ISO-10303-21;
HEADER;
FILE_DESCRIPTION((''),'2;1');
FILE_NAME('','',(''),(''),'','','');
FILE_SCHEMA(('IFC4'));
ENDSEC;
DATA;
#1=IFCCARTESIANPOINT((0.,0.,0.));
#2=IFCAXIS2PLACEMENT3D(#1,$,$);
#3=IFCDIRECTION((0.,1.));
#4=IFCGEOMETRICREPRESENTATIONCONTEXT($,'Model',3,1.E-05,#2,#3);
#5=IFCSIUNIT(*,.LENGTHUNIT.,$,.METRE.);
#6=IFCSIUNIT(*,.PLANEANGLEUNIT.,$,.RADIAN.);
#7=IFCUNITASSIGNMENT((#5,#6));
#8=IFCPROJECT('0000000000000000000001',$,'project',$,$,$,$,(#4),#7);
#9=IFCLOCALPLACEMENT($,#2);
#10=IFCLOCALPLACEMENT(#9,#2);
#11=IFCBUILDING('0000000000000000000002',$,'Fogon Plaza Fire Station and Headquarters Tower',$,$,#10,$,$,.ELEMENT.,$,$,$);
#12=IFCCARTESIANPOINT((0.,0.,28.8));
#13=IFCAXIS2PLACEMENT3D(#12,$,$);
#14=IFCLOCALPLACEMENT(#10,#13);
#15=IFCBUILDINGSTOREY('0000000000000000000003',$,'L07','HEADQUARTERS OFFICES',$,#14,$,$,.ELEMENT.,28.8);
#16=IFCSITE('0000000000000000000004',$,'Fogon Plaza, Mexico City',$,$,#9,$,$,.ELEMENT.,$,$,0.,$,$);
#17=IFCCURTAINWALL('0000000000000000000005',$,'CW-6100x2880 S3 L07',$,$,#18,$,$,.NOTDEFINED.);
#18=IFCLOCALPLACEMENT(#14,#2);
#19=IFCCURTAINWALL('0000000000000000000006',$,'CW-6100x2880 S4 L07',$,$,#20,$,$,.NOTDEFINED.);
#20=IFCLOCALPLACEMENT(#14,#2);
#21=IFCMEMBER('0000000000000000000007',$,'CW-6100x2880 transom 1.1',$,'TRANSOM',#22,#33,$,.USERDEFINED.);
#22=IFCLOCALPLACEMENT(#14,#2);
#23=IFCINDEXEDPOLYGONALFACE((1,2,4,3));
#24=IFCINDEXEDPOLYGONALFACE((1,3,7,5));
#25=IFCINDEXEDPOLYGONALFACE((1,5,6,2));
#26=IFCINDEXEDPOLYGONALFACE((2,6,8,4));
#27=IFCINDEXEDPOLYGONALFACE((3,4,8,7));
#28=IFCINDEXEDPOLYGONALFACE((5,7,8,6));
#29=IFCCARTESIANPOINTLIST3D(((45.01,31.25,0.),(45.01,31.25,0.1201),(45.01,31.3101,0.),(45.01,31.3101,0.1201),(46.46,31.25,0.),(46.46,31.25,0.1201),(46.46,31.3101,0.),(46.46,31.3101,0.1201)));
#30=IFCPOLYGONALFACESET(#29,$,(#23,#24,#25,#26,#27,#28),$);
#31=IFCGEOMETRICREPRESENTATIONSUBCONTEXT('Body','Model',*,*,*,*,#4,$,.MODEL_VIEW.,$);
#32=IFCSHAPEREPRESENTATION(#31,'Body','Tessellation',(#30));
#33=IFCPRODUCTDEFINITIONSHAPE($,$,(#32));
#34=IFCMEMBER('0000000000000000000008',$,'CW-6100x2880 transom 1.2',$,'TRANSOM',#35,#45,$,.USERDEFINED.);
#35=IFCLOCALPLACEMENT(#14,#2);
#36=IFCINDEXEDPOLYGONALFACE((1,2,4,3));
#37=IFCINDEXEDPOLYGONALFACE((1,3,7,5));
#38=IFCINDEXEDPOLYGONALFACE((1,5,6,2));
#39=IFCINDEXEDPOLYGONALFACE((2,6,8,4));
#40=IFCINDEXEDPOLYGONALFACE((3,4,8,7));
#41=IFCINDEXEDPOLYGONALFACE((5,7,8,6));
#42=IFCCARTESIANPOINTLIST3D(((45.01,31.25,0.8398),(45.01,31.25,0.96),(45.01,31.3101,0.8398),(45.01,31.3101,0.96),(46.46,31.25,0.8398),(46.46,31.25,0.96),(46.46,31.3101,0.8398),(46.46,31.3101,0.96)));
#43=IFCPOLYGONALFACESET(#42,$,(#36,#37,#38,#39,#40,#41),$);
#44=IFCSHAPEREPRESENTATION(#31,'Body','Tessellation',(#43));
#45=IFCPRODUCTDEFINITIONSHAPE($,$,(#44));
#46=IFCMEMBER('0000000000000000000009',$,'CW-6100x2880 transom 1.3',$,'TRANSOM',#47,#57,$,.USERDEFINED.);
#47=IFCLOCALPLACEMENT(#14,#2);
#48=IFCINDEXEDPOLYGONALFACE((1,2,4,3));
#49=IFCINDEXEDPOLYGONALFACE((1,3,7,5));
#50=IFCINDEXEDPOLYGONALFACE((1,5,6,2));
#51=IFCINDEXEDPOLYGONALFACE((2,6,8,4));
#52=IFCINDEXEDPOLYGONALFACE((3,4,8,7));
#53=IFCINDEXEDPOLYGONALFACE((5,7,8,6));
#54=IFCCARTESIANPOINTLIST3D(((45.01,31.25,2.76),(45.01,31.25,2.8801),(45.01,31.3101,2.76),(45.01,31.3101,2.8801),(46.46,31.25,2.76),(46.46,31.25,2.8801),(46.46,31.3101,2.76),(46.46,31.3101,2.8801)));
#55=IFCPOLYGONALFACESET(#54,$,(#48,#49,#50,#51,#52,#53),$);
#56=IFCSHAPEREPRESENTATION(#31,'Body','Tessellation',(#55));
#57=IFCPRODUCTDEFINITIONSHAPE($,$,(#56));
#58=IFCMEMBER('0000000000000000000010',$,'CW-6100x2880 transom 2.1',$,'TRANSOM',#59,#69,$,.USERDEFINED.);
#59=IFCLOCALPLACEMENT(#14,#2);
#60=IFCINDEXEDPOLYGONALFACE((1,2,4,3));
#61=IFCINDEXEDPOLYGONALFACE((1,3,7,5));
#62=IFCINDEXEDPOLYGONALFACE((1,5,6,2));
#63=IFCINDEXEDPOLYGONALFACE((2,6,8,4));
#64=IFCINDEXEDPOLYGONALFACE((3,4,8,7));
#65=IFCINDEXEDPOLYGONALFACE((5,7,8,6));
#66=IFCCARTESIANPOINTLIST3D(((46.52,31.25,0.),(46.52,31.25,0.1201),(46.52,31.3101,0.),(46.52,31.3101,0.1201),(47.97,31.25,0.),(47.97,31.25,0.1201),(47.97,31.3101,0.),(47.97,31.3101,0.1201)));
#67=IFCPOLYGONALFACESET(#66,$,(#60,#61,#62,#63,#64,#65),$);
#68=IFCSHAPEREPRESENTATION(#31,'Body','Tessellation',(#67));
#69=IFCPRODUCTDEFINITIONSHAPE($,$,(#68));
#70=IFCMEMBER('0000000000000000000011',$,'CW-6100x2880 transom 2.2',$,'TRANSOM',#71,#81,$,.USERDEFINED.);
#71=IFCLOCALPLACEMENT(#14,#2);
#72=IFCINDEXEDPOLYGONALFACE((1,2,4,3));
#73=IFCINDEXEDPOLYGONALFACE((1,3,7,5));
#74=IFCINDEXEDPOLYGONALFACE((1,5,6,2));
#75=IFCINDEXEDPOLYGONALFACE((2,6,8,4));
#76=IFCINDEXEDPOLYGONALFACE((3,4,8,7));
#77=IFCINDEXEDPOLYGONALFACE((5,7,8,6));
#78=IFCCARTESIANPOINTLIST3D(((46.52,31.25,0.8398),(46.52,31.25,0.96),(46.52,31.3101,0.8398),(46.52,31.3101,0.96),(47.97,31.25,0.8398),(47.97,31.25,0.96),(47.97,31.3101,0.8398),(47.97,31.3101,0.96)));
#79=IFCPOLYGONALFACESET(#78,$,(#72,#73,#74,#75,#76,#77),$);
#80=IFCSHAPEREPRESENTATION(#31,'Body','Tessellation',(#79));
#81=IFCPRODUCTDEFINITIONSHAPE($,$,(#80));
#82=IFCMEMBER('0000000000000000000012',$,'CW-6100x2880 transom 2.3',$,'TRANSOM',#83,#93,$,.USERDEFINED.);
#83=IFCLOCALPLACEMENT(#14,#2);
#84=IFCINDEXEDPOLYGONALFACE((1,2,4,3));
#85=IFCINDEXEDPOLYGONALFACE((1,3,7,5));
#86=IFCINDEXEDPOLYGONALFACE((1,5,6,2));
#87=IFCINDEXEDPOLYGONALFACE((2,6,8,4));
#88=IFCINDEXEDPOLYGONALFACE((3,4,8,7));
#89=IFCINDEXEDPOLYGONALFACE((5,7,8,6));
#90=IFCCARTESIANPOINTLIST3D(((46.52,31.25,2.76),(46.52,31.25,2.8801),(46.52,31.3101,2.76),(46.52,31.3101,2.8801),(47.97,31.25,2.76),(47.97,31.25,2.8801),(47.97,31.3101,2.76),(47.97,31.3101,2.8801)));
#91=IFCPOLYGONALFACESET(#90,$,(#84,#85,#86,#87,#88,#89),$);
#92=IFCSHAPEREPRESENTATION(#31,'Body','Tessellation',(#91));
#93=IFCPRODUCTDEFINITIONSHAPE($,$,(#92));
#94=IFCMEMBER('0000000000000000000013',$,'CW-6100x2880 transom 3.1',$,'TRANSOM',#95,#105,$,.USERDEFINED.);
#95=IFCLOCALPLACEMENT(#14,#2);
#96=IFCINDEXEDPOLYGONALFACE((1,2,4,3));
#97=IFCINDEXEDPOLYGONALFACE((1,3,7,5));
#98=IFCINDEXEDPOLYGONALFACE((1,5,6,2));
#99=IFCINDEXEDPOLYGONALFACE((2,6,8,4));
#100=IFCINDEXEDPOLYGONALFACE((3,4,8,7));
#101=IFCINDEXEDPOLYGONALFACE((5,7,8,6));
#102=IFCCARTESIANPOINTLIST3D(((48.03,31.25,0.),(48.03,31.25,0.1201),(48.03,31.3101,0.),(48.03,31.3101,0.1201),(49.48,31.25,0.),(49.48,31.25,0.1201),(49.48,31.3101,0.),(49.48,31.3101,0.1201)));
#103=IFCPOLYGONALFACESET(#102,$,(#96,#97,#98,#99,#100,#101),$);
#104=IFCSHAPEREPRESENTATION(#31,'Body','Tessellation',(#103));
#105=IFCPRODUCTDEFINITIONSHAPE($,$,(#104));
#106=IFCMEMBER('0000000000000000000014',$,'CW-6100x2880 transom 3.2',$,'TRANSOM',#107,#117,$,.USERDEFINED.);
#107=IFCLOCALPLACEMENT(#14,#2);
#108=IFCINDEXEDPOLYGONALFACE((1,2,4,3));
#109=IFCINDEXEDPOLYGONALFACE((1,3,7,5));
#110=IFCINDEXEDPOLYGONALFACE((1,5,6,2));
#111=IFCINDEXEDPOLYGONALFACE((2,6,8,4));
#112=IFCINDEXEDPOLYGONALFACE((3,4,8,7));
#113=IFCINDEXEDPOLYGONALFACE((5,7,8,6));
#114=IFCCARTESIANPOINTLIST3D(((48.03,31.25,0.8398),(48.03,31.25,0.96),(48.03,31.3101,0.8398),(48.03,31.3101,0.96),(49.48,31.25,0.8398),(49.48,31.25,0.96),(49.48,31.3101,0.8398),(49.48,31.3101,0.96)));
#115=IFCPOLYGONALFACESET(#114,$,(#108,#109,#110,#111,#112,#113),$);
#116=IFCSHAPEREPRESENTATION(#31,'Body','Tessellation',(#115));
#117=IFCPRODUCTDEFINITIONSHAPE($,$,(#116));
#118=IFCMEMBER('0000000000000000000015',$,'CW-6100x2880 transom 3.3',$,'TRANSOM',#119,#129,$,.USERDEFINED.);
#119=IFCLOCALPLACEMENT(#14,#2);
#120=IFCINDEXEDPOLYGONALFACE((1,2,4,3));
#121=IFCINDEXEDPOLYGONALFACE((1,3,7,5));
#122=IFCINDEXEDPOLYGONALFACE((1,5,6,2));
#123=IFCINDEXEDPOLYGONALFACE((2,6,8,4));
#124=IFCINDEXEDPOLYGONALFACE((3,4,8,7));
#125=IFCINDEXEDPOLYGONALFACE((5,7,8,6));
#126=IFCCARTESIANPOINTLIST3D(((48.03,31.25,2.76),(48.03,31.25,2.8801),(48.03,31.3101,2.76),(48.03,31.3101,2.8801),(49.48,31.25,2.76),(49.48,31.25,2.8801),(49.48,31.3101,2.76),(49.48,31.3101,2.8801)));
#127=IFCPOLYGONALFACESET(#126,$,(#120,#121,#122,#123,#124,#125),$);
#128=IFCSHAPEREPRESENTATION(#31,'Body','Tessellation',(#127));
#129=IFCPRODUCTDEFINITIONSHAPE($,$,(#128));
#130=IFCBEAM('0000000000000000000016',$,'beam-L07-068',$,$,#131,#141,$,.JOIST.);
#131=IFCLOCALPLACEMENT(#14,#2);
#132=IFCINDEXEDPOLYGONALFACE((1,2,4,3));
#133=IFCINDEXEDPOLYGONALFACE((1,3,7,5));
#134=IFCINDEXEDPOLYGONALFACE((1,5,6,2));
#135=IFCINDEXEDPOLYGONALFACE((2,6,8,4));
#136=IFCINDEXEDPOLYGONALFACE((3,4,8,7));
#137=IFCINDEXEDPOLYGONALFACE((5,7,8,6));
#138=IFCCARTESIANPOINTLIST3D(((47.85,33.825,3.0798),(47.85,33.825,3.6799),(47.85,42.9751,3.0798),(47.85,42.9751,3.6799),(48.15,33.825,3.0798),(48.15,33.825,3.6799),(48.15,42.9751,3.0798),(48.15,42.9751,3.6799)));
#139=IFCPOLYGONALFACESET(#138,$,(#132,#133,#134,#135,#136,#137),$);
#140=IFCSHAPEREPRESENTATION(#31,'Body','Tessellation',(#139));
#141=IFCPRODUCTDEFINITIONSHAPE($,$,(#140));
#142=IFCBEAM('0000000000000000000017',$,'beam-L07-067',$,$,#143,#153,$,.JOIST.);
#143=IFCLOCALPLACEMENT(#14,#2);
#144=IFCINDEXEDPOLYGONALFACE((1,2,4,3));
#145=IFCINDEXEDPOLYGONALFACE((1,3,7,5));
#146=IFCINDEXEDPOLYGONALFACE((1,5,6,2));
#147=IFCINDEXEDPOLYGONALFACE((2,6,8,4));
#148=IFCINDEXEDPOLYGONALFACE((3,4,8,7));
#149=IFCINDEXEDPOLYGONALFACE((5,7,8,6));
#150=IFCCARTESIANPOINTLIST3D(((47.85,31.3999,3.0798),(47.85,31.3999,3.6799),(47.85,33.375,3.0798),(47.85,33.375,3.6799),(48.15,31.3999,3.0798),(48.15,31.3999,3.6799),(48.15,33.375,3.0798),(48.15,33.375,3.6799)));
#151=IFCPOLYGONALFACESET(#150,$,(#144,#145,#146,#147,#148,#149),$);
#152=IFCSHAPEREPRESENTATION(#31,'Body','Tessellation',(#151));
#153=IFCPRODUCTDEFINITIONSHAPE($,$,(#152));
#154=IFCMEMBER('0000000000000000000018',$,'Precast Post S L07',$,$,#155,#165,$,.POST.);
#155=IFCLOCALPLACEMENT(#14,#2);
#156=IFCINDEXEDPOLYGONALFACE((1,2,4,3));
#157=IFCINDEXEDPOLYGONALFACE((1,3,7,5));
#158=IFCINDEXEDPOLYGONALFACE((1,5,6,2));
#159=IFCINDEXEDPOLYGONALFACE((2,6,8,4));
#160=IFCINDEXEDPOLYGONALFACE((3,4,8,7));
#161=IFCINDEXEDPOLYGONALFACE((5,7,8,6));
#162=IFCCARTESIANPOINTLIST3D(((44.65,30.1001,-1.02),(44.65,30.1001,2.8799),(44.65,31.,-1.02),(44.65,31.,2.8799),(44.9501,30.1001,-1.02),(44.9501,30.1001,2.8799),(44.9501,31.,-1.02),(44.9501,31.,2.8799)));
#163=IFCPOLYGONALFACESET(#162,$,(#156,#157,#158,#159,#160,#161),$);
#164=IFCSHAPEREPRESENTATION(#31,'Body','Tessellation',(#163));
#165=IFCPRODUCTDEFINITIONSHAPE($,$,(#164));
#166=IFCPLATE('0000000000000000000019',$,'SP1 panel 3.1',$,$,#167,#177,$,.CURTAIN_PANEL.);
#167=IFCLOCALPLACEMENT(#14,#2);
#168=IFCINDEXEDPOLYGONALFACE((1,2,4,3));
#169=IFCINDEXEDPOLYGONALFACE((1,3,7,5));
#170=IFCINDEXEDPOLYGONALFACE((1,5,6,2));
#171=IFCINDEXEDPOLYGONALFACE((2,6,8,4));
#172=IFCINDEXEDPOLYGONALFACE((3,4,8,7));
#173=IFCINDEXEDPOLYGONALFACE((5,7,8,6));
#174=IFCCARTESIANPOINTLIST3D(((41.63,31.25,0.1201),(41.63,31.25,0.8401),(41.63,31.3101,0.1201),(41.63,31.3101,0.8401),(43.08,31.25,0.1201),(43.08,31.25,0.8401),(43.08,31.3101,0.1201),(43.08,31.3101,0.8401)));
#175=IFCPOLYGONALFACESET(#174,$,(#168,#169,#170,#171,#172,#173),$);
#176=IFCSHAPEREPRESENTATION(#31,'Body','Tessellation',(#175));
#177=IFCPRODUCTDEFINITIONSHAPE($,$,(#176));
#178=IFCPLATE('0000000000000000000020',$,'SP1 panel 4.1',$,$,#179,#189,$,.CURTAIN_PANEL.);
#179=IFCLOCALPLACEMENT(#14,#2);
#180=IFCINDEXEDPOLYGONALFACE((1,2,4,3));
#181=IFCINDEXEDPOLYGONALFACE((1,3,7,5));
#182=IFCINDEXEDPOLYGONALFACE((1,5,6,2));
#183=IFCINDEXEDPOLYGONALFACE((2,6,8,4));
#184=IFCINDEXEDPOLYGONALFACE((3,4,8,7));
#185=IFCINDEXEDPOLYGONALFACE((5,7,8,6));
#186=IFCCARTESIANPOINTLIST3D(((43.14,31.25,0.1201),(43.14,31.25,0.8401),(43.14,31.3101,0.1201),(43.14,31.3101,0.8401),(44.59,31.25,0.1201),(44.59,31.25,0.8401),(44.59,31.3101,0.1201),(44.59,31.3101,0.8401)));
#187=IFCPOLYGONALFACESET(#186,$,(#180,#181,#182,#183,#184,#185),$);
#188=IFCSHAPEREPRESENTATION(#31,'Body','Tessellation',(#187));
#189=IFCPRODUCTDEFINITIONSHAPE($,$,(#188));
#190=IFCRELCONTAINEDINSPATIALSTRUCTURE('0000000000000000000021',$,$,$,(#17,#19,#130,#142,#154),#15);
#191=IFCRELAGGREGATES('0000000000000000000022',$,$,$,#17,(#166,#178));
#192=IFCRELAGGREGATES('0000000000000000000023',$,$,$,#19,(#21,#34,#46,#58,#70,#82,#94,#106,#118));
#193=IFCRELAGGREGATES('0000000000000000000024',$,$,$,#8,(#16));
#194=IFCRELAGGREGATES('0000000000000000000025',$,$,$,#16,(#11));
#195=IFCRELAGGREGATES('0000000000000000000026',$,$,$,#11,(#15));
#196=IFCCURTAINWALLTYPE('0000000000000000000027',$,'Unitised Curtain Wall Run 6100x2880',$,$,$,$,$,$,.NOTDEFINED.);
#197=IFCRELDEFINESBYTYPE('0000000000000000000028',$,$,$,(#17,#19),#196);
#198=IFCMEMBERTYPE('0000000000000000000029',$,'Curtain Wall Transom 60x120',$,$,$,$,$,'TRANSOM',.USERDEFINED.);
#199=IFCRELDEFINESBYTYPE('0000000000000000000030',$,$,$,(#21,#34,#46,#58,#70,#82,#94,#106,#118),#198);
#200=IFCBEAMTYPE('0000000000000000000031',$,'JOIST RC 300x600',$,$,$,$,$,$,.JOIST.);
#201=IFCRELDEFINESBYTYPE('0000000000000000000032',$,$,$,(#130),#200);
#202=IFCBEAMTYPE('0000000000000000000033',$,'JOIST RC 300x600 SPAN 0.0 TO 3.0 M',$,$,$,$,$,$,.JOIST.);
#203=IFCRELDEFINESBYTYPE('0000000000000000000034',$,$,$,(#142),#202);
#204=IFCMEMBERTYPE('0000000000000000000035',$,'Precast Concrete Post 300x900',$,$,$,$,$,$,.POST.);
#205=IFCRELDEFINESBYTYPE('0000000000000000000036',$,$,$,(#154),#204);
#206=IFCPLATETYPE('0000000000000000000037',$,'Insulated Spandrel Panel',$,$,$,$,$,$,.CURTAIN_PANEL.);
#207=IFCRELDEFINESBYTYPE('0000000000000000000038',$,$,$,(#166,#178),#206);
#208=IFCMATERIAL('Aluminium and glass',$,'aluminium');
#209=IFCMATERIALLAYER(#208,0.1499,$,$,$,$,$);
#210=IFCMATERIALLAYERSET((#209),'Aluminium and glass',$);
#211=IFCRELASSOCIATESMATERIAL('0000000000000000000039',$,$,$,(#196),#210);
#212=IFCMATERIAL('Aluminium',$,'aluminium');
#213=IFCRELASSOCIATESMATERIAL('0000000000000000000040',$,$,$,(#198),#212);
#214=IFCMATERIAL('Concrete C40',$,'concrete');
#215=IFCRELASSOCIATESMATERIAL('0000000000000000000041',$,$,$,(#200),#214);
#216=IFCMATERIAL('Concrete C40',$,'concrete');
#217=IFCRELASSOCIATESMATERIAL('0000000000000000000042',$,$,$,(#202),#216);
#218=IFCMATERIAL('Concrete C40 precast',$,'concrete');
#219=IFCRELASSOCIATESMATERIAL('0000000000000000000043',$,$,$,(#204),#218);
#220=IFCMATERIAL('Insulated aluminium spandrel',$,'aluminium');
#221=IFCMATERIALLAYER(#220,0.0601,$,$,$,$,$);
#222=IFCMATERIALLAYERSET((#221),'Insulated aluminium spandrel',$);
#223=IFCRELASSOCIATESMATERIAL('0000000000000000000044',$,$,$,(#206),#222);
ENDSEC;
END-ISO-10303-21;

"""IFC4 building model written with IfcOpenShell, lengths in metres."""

from ifc_helpers import new_model, si_unit, direction, frame, origin, origin_2d, place, context, subcontext, project, spatial, rectangle, extrude, material, layer, layer_set, material_profile, profile_set, type_object, element, aggregate, save


model = new_model("IFC4")

# Units and contexts
model_context = context("Model", 3, precision=1e-05, world=origin(), true_north=direction((0.0, 1.0)))
body_context = subcontext(model_context, "Body", "Model", "MODEL_VIEW")
ifc_project = project(units=[si_unit("LENGTHUNIT", "METRE"), si_unit("PLANEANGLEUNIT", "RADIAN")], contexts=[model_context])

# Site, building, storey
site_placement = place(None, origin())
site = spatial("IfcSite", under=ifc_project, at=site_placement, Name="Fogon Plaza, Mexico City", CompositionType="ELEMENT", RefElevation=0.0)
building_placement = place(site_placement, origin())
building = spatial("IfcBuilding", under=site, at=building_placement, Name="Fogon Plaza Fire Station and Headquarters Tower", CompositionType="ELEMENT")
storey_placement = place(building_placement, frame((0.0, 0.0, 28.8)))
storey = spatial("IfcBuildingStorey", under=building, at=storey_placement, Name="L07", Description="HEADQUARTERS OFFICES", CompositionType="ELEMENT", Elevation=28.8)

# Curtain walls
ifc_material_1 = material(Name="Aluminium and glass", Category="aluminium")
ifc_layer_1 = layer(ifc_material_1, 0.1499)
ifc_layer_set_1 = layer_set([ifc_layer_1], Name="Aluminium and glass")
curtain_wall_type = type_object("IfcCurtainWallType", Name="Unitised Curtain Wall Run 6100x2880", PredefinedType="NOTDEFINED", material=ifc_layer_set_1)
curtain_wall_1_placement = place(storey_placement, origin())
curtain_wall_1 = element("IfcCurtainWall", 1, at=curtain_wall_1_placement, inside=storey, type_object=curtain_wall_type, Name="CW-6100x2880 S3 L07", PredefinedType="NOTDEFINED")
curtain_wall_2_placement = place(storey_placement, origin())
curtain_wall_2 = element("IfcCurtainWall", 2, at=curtain_wall_2_placement, inside=storey, type_object=curtain_wall_type, Name="CW-6100x2880 S4 L07", PredefinedType="NOTDEFINED")

# Members
ifc_material_2 = material(Name="Aluminium", Category="aluminium")
ifc_material_profile_1 = material_profile(ifc_material_2, rectangle(XDim=0.0601, YDim=0.1201, at=origin_2d()), Name="Curtain Wall Transom 60x120")
ifc_profile_set_1 = profile_set([ifc_material_profile_1], Name="Aluminium")
member_type_1 = type_object("IfcMemberType", Name="Curtain Wall Transom 60x120", ElementType="TRANSOM", PredefinedType="USERDEFINED", material=ifc_profile_set_1)
member_1_placement = place(storey_placement, frame((45.01, 31.28, 0.0601), z_axis=(1.0, 0.0, 0.0), x_axis=(0.0, 1.0, 0.0)))
member_1 = element("IfcMember", 3, at=member_1_placement, type_object=member_type_1, Name="CW-6100x2880 transom 1.1", ObjectType="TRANSOM", PredefinedType="USERDEFINED", context=body_context, shape_type="SweptSolid", body=[
    extrude(rectangle(XDim=0.0601, YDim=0.1201, at=origin_2d()), origin(), (0.0, 0.0, 1.0), 1.45),
])
member_2_placement = place(storey_placement, frame((45.01, 31.28, 0.8999), z_axis=(1.0, 0.0, 0.0), x_axis=(0.0, 1.0, 0.0)))
member_2 = element("IfcMember", 4, at=member_2_placement, type_object=member_type_1, Name="CW-6100x2880 transom 1.2", ObjectType="TRANSOM", PredefinedType="USERDEFINED", context=body_context, shape_type="SweptSolid", body=[
    extrude(rectangle(XDim=0.0601, YDim=0.1201, at=origin_2d()), origin(), (0.0, 0.0, 1.0), 1.45),
])
member_3_placement = place(storey_placement, frame((45.01, 31.28, 2.8201), z_axis=(1.0, 0.0, 0.0), x_axis=(0.0, 1.0, 0.0)))
member_3 = element("IfcMember", 5, at=member_3_placement, type_object=member_type_1, Name="CW-6100x2880 transom 1.3", ObjectType="TRANSOM", PredefinedType="USERDEFINED", context=body_context, shape_type="SweptSolid", body=[
    extrude(rectangle(XDim=0.0601, YDim=0.1201, at=origin_2d()), origin(), (0.0, 0.0, 1.0), 1.45),
])
member_4_placement = place(storey_placement, frame((46.52, 31.28, 0.0601), z_axis=(1.0, 0.0, 0.0), x_axis=(0.0, 1.0, 0.0)))
member_4 = element("IfcMember", 6, at=member_4_placement, type_object=member_type_1, Name="CW-6100x2880 transom 2.1", ObjectType="TRANSOM", PredefinedType="USERDEFINED", context=body_context, shape_type="SweptSolid", body=[
    extrude(rectangle(XDim=0.0601, YDim=0.1201, at=origin_2d()), origin(), (0.0, 0.0, 1.0), 1.45),
])
member_5_placement = place(storey_placement, frame((46.52, 31.28, 0.8999), z_axis=(1.0, 0.0, 0.0), x_axis=(0.0, 1.0, 0.0)))
member_5 = element("IfcMember", 7, at=member_5_placement, type_object=member_type_1, Name="CW-6100x2880 transom 2.2", ObjectType="TRANSOM", PredefinedType="USERDEFINED", context=body_context, shape_type="SweptSolid", body=[
    extrude(rectangle(XDim=0.0601, YDim=0.1201, at=origin_2d()), origin(), (0.0, 0.0, 1.0), 1.45),
])
member_6_placement = place(storey_placement, frame((46.52, 31.28, 2.8201), z_axis=(1.0, 0.0, 0.0), x_axis=(0.0, 1.0, 0.0)))
member_6 = element("IfcMember", 8, at=member_6_placement, type_object=member_type_1, Name="CW-6100x2880 transom 2.3", ObjectType="TRANSOM", PredefinedType="USERDEFINED", context=body_context, shape_type="SweptSolid", body=[
    extrude(rectangle(XDim=0.0601, YDim=0.1201, at=origin_2d()), origin(), (0.0, 0.0, 1.0), 1.45),
])
member_7_placement = place(storey_placement, frame((48.03, 31.28, 0.0601), z_axis=(1.0, 0.0, 0.0), x_axis=(0.0, 1.0, 0.0)))
member_7 = element("IfcMember", 9, at=member_7_placement, type_object=member_type_1, Name="CW-6100x2880 transom 3.1", ObjectType="TRANSOM", PredefinedType="USERDEFINED", context=body_context, shape_type="SweptSolid", body=[
    extrude(rectangle(XDim=0.0601, YDim=0.1201, at=origin_2d()), origin(), (0.0, 0.0, 1.0), 1.45),
])
member_8_placement = place(storey_placement, frame((48.03, 31.28, 0.8999), z_axis=(1.0, 0.0, 0.0), x_axis=(0.0, 1.0, 0.0)))
member_8 = element("IfcMember", 10, at=member_8_placement, type_object=member_type_1, Name="CW-6100x2880 transom 3.2", ObjectType="TRANSOM", PredefinedType="USERDEFINED", context=body_context, shape_type="SweptSolid", body=[
    extrude(rectangle(XDim=0.0601, YDim=0.1201, at=origin_2d()), origin(), (0.0, 0.0, 1.0), 1.45),
])
member_9_placement = place(storey_placement, frame((48.03, 31.28, 2.8201), z_axis=(1.0, 0.0, 0.0), x_axis=(0.0, 1.0, 0.0)))
member_9 = element("IfcMember", 11, at=member_9_placement, type_object=member_type_1, Name="CW-6100x2880 transom 3.3", ObjectType="TRANSOM", PredefinedType="USERDEFINED", context=body_context, shape_type="SweptSolid", body=[
    extrude(rectangle(XDim=0.0601, YDim=0.1201, at=origin_2d()), origin(), (0.0, 0.0, 1.0), 1.45),
])

# Beams
ifc_material_3 = material(Name="Concrete C40", Category="concrete")
ifc_material_profile_2 = material_profile(ifc_material_3, rectangle(XDim=0.3, YDim=0.6001, at=origin_2d()), Name="RC 300x600")
ifc_profile_set_2 = profile_set([ifc_material_profile_2], Name="Concrete C40")
beam_type_1 = type_object("IfcBeamType", Name="JOIST RC 300x600", PredefinedType="JOIST", material=ifc_profile_set_2)
beam_1_placement = place(storey_placement, frame((48.0, 33.825, 3.3799), z_axis=(0.0, 1.0, 0.0), x_axis=(-1.0, 0.0, 0.0)))
element("IfcBeam", 12, at=beam_1_placement, inside=storey, type_object=beam_type_1, Name="beam-L07-068", PredefinedType="JOIST", context=body_context, shape_type="SweptSolid", body=[
    extrude(rectangle(XDim=0.3, YDim=0.6001, at=origin_2d()), origin(), (0.0, 0.0, 1.0), 9.1501),
])
ifc_material_4 = material(Name="Concrete C40", Category="concrete")
ifc_material_profile_3 = material_profile(ifc_material_4, rectangle(XDim=0.3, YDim=0.6001, at=origin_2d()), Name="RC 300x600")
ifc_profile_set_3 = profile_set([ifc_material_profile_3], Name="Concrete C40")
beam_type_2 = type_object("IfcBeamType", Name="JOIST RC 300x600 SPAN 0.0 TO 3.0 M", PredefinedType="JOIST", material=ifc_profile_set_3)
beam_2_placement = place(storey_placement, frame((48.0, 31.3999, 3.3799), z_axis=(0.0, 1.0, 0.0), x_axis=(-1.0, 0.0, 0.0)))
element("IfcBeam", 13, at=beam_2_placement, inside=storey, type_object=beam_type_2, Name="beam-L07-067", PredefinedType="JOIST", context=body_context, shape_type="SweptSolid", body=[
    extrude(rectangle(XDim=0.3, YDim=0.6001, at=origin_2d()), origin(), (0.0, 0.0, 1.0), 1.9751),
])

# Member
ifc_material_5 = material(Name="Concrete C40 precast", Category="concrete")
ifc_material_profile_4 = material_profile(ifc_material_5, rectangle(XDim=0.3, YDim=0.8999, at=origin_2d()), Name="Precast Concrete Post 300x900")
ifc_profile_set_4 = profile_set([ifc_material_profile_4], Name="Concrete C40 precast")
member_type_2 = type_object("IfcMemberType", Name="Precast Concrete Post 300x900", PredefinedType="POST", material=ifc_profile_set_4)
member_10_placement = place(storey_placement, frame((44.8, 30.55, -1.02), z_axis=(0.0, 0.0, 1.0), x_axis=(1.0, 0.0, 0.0)))
element("IfcMember", 14, at=member_10_placement, inside=storey, type_object=member_type_2, Name="Precast Post S L07", PredefinedType="POST", context=body_context, shape_type="SweptSolid", body=[
    extrude(rectangle(XDim=0.3, YDim=0.8999, at=origin_2d()), origin(), (0.0, 0.0, 1.0), 3.8999),
])

# Plates
ifc_material_6 = material(Name="Insulated aluminium spandrel", Category="aluminium")
ifc_layer_2 = layer(ifc_material_6, 0.0601)
ifc_layer_set_2 = layer_set([ifc_layer_2], Name="Insulated aluminium spandrel")
plate_type_1 = type_object("IfcPlateType", Name="Insulated Spandrel Panel", PredefinedType="CURTAIN_PANEL", material=ifc_layer_set_2)
plate_1_placement = place(storey_placement, frame((42.355, 31.28, 0.1201), z_axis=(0.0, 0.0, 1.0), x_axis=(1.0, 0.0, 0.0)))
plate_1 = element("IfcPlate", 15, at=plate_1_placement, type_object=plate_type_1, Name="SP1 panel 3.1", PredefinedType="CURTAIN_PANEL", context=body_context, shape_type="SweptSolid", body=[
    extrude(rectangle(XDim=1.45, YDim=0.0601, at=origin_2d()), origin(), (0.0, 0.0, 1.0), 0.72),
])
plate_2_placement = place(storey_placement, frame((43.865, 31.28, 0.1201), z_axis=(0.0, 0.0, 1.0), x_axis=(1.0, 0.0, 0.0)))
plate_2 = element("IfcPlate", 16, at=plate_2_placement, type_object=plate_type_1, Name="SP1 panel 4.1", PredefinedType="CURTAIN_PANEL", context=body_context, shape_type="SweptSolid", body=[
    extrude(rectangle(XDim=1.45, YDim=0.0601, at=origin_2d()), origin(), (0.0, 0.0, 1.0), 0.72),
])
aggregate(curtain_wall_1, [plate_1, plate_2])
aggregate(curtain_wall_2, [member_1, member_2, member_3, member_4, member_5, member_6, member_7, member_8, member_9])

save(model, "model.ifc")
